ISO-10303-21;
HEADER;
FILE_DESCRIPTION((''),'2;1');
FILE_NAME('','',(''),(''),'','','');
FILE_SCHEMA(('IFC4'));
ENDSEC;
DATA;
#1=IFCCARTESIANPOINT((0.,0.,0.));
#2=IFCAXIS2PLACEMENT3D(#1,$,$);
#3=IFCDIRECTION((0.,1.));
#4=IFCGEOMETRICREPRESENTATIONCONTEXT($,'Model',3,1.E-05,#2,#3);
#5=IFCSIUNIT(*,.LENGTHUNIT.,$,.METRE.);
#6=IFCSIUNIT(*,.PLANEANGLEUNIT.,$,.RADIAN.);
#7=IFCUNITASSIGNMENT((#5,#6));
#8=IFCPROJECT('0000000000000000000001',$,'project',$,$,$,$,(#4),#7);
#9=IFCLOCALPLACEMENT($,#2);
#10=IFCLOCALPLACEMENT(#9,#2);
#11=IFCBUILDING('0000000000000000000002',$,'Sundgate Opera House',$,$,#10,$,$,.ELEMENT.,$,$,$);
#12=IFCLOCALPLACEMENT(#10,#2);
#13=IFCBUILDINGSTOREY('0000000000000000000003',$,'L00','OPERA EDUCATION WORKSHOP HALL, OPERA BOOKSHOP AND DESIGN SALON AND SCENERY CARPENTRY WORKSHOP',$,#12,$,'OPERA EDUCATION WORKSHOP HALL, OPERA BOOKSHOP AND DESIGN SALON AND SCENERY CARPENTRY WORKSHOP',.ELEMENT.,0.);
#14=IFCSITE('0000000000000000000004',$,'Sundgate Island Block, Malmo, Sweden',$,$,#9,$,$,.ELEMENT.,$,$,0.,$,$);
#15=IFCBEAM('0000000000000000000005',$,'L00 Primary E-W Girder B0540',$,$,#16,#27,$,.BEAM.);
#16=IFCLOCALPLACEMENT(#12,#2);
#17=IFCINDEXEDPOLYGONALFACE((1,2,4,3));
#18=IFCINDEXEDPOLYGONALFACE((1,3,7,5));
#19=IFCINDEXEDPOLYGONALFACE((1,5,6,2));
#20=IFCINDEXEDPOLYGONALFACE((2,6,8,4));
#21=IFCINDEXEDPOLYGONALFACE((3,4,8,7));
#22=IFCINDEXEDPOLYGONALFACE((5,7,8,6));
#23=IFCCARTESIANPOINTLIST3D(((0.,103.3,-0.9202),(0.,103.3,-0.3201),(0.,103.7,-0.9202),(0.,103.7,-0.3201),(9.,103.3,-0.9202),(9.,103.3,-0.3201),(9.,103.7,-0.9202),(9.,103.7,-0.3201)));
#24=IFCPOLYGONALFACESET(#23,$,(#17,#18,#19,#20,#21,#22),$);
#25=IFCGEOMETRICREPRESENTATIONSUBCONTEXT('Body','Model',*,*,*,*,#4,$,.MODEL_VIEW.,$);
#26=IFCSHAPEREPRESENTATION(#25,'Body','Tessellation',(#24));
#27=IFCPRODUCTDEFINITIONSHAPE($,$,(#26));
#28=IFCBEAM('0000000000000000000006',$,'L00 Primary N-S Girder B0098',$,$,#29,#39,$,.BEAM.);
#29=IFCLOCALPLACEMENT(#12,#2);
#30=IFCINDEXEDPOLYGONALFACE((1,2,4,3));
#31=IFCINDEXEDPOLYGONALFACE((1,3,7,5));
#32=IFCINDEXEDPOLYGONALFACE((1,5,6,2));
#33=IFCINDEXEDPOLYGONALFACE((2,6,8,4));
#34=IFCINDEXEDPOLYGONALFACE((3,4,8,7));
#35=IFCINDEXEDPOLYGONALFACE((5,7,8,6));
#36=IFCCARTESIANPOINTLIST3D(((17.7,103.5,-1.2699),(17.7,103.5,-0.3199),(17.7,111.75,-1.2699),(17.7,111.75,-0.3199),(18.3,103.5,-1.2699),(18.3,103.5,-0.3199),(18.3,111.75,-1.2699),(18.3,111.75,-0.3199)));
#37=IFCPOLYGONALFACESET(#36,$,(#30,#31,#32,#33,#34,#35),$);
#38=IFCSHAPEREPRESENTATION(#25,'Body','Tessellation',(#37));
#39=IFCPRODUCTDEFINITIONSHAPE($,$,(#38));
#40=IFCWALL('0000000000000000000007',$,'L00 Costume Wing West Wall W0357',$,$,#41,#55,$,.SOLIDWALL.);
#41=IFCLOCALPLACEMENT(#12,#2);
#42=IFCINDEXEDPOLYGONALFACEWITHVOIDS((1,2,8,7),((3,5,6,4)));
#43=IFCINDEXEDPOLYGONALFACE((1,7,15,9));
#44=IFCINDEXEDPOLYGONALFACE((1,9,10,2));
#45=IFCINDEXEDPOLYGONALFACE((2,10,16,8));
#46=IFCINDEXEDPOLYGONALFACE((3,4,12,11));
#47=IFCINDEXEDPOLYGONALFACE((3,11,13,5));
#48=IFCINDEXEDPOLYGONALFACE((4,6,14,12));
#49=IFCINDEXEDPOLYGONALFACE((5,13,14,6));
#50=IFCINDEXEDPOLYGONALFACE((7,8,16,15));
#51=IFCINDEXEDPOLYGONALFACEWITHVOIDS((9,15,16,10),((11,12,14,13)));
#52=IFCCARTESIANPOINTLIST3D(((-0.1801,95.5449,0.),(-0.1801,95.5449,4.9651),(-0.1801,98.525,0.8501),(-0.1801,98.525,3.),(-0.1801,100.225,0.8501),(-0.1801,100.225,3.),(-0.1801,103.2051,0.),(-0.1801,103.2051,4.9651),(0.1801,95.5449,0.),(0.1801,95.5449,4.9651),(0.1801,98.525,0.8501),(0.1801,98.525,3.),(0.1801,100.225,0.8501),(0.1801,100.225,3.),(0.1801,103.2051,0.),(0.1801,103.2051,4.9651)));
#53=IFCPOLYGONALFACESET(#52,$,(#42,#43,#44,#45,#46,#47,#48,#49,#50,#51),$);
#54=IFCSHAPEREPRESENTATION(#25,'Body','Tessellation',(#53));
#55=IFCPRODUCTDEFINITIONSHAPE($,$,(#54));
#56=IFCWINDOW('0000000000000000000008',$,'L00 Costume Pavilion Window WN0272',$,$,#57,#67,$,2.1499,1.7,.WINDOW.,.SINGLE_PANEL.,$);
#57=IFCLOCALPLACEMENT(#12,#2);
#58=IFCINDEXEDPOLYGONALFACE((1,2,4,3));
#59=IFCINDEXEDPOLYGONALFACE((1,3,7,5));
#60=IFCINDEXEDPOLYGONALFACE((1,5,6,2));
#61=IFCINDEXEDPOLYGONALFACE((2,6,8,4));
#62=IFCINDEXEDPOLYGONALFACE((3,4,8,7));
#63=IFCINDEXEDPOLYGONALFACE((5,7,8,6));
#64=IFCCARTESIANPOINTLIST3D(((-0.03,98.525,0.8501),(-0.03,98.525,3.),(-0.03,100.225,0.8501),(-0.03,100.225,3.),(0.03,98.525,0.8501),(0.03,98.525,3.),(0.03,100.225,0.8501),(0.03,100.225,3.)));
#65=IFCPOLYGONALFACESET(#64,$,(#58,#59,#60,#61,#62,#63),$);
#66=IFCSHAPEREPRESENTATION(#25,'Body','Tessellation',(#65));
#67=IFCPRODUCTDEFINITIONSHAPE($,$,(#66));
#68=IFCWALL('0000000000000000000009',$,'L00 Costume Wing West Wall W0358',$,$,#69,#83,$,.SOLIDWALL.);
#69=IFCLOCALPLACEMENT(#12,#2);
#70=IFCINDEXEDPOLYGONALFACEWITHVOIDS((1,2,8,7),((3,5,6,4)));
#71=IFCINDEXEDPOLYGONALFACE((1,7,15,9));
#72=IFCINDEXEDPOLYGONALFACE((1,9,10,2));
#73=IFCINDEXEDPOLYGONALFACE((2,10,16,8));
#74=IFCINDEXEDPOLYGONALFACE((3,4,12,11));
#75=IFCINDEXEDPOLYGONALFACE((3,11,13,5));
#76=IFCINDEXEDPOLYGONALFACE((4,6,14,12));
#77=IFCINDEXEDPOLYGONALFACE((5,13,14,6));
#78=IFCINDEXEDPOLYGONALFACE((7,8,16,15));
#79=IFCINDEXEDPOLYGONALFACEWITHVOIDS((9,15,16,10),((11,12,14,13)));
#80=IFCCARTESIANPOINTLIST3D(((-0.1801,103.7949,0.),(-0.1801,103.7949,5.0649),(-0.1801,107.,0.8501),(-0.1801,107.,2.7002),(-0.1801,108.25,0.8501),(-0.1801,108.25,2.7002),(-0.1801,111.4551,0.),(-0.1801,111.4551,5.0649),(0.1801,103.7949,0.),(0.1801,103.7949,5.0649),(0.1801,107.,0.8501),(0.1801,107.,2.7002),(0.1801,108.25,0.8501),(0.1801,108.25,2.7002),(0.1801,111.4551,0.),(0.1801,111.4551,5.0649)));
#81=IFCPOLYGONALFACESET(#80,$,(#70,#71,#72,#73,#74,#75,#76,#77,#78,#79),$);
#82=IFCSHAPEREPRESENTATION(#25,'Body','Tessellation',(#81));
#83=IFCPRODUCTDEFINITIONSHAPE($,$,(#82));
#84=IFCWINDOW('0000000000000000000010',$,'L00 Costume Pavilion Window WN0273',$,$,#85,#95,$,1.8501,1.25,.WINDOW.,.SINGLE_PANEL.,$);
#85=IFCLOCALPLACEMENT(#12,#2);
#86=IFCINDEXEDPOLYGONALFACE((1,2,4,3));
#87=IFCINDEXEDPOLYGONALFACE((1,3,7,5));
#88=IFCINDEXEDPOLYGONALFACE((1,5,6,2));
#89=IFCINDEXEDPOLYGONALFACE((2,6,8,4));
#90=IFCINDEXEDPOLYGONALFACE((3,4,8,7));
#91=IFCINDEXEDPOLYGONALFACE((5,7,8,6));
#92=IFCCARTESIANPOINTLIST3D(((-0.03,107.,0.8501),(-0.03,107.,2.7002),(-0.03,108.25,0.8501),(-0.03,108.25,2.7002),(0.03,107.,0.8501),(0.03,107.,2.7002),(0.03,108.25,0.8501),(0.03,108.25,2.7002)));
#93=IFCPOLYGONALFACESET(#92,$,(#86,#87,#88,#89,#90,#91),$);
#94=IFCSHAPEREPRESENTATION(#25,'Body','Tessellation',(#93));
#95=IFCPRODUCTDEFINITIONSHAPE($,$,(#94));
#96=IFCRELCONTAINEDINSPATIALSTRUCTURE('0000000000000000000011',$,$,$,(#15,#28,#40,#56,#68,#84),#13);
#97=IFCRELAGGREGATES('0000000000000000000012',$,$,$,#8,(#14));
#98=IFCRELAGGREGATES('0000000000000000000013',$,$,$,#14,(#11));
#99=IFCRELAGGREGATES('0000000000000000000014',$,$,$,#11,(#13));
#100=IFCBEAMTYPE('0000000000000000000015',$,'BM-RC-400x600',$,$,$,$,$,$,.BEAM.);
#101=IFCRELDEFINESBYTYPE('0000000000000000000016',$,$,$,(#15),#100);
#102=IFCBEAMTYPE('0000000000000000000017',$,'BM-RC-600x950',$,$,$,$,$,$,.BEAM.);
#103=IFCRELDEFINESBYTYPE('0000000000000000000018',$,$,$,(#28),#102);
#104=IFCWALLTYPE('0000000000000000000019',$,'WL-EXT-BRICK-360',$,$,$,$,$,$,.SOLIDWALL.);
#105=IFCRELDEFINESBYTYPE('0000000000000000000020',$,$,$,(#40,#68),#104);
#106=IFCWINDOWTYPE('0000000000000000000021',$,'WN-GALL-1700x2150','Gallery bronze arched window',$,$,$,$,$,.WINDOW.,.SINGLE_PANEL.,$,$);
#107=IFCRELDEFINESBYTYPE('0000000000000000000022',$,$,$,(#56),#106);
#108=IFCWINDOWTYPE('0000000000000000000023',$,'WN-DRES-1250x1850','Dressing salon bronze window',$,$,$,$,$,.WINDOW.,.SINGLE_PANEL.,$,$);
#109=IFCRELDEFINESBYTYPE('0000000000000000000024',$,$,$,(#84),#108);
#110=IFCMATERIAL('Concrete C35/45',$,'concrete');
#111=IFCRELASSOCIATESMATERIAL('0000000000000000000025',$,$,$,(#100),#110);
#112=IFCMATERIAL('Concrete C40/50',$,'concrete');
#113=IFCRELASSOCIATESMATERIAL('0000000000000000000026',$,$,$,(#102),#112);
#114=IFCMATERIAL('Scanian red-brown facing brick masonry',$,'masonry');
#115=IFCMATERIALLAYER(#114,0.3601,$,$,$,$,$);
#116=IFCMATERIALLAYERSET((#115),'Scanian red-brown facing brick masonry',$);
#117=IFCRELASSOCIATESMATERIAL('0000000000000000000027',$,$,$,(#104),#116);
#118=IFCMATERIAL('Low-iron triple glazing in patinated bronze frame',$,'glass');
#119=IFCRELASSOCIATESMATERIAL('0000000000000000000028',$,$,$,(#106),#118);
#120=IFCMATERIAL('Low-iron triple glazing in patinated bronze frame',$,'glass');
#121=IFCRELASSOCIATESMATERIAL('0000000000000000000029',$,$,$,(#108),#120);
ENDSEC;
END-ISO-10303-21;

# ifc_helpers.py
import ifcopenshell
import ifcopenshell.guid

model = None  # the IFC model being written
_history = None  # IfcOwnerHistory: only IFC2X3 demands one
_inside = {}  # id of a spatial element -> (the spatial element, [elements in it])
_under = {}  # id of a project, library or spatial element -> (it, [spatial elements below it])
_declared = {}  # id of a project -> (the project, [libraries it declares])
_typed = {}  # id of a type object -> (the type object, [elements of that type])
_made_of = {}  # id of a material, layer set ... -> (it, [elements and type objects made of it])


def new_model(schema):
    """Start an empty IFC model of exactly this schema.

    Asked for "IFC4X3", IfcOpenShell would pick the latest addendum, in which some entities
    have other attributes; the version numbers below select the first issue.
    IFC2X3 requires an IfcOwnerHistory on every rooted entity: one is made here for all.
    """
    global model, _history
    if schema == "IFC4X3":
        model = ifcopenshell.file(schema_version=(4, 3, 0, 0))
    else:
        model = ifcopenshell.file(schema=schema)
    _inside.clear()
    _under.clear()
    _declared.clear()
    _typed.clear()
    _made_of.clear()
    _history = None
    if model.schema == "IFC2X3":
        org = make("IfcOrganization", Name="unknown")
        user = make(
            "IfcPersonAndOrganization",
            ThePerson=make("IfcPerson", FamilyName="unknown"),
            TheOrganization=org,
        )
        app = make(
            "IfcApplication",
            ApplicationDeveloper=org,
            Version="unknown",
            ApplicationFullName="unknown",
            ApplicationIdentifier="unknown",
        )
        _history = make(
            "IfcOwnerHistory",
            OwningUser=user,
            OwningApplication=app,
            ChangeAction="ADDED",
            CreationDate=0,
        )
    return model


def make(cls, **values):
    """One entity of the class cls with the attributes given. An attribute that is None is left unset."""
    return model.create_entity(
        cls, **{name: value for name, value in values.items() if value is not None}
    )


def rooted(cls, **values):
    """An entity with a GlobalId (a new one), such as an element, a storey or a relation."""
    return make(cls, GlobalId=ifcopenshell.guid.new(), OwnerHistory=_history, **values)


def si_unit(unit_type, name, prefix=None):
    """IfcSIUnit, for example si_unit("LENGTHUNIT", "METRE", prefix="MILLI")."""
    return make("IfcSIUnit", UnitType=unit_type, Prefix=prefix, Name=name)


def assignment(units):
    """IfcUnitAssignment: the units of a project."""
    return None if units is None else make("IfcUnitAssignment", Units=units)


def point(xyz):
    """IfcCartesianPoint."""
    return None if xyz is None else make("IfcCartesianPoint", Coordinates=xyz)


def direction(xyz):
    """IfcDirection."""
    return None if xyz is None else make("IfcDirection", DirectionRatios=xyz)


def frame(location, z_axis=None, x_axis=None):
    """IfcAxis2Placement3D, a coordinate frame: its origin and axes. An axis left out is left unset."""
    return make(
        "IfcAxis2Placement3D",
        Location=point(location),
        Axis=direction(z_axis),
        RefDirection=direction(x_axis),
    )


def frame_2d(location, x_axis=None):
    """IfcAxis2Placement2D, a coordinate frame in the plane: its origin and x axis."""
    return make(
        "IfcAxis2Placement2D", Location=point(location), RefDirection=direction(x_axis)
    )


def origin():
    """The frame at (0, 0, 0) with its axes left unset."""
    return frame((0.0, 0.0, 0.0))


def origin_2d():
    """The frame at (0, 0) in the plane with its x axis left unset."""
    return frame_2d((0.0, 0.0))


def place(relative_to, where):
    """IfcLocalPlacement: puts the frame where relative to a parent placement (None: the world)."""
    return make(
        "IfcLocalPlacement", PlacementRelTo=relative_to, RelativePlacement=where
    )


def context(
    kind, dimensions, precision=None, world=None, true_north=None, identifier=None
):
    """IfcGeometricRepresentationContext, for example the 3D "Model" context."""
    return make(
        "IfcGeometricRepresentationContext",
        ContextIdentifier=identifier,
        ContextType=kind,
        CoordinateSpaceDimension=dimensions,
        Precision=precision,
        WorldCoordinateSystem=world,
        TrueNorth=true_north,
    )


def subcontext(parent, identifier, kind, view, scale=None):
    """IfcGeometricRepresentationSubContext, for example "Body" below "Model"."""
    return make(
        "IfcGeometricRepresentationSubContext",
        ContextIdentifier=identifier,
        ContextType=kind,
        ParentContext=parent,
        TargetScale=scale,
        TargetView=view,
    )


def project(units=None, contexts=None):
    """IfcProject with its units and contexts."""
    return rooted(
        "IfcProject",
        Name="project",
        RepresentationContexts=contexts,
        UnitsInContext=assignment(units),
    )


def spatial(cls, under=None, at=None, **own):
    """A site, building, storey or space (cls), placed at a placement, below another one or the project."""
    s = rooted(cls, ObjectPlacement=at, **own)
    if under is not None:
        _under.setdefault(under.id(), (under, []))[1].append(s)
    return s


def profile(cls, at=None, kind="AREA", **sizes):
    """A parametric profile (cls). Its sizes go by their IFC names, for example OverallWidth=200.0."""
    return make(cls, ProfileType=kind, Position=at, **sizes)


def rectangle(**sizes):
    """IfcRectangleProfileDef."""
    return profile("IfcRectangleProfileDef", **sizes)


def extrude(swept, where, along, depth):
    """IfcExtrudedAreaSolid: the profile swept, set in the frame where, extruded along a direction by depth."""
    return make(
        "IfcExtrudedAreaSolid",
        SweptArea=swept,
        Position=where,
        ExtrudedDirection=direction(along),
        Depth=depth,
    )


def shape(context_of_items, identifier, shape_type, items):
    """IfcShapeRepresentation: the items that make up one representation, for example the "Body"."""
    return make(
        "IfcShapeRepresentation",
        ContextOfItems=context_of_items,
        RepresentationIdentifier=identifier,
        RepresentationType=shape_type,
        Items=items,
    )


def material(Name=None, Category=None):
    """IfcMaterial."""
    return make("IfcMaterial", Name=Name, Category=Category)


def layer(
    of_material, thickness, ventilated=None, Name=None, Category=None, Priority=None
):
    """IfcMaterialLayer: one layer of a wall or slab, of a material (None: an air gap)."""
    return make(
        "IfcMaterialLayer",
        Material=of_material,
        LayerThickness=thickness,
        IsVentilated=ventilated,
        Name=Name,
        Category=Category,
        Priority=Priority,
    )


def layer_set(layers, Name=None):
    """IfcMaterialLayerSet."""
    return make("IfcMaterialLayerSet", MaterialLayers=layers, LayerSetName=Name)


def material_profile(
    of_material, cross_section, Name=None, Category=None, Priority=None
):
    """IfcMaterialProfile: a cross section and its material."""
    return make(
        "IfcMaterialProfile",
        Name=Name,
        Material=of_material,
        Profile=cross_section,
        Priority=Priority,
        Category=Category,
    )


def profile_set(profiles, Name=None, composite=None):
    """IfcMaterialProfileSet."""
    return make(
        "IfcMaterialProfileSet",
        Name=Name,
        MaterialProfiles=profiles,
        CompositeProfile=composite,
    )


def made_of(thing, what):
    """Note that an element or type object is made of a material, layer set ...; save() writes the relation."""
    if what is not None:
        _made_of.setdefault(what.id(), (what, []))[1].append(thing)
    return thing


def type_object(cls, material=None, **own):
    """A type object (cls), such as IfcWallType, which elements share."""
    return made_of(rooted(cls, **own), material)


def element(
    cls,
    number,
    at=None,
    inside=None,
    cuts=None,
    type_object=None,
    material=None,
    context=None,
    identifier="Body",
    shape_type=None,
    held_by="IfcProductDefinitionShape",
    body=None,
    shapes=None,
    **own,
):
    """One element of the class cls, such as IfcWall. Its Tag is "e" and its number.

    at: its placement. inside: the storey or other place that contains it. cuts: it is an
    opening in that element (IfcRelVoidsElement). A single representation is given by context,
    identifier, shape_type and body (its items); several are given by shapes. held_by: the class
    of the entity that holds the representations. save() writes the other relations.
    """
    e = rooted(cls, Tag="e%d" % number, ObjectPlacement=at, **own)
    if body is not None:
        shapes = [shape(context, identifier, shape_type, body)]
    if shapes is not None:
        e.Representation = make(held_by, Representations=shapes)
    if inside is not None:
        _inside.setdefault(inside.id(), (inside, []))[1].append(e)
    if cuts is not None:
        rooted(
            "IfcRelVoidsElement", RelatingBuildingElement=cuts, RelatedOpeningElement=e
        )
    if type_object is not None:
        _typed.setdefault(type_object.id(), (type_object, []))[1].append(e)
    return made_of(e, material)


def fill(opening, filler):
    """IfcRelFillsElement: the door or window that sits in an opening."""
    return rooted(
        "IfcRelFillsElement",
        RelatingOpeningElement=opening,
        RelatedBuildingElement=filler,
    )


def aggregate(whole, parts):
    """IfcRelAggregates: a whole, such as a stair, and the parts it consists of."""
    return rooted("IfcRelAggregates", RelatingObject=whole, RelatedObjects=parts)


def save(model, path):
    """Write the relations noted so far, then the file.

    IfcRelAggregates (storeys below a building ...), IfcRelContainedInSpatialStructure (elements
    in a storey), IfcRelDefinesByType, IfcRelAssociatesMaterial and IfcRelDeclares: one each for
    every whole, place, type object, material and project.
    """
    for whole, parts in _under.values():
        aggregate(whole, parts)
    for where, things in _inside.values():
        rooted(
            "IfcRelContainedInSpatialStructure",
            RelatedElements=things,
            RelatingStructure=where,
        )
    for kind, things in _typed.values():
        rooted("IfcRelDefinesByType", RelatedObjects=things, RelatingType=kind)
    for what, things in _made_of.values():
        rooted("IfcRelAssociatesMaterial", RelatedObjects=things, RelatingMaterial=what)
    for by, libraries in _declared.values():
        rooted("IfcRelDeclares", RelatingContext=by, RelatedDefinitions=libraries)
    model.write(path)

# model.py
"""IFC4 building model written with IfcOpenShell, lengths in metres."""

from ifc_helpers import new_model, si_unit, direction, frame, frame_2d, origin, origin_2d, place, context, subcontext, project, spatial, rectangle, extrude, material, layer, layer_set, material_profile, profile_set, type_object, element, fill, save


model = new_model("IFC4")

# Units and contexts
model_context = context("Model", 3, precision=1e-05, world=origin(), true_north=direction((0.0, 1.0)))
body_context = subcontext(model_context, "Body", "Model", "MODEL_VIEW")
ifc_project = project(units=[si_unit("LENGTHUNIT", "METRE"), si_unit("PLANEANGLEUNIT", "RADIAN")], contexts=[model_context])

# Site, building, storey
site_placement = place(None, origin())
site = spatial("IfcSite", under=ifc_project, at=site_placement, Name="Sundgate Island Block, Malmo, Sweden", CompositionType="ELEMENT", RefElevation=0.0)
building_placement = place(site_placement, origin())
building = spatial("IfcBuilding", under=site, at=building_placement, Name="Sundgate Opera House", CompositionType="ELEMENT")
storey_placement = place(building_placement, origin())
storey = spatial("IfcBuildingStorey", under=building, at=storey_placement, Name="L00", Description="OPERA EDUCATION WORKSHOP HALL, OPERA BOOKSHOP AND DESIGN SALON AND SCENERY CARPENTRY WORKSHOP", LongName="OPERA EDUCATION WORKSHOP HALL, OPERA BOOKSHOP AND DESIGN SALON AND SCENERY CARPENTRY WORKSHOP", CompositionType="ELEMENT", Elevation=0.0)

# Beams
ifc_material_1 = material(Name="Concrete C35/45", Category="concrete")
ifc_material_profile_1 = material_profile(ifc_material_1, rectangle(XDim=0.3999, YDim=0.6001, at=origin_2d()), Name="RC 400x600")
ifc_profile_set_1 = profile_set([ifc_material_profile_1], Name="Concrete C35/45")
beam_type_1 = type_object("IfcBeamType", Name="BM-RC-400x600", PredefinedType="BEAM", material=ifc_profile_set_1)
beam_1_placement = place(storey_placement, frame((0.0, 103.5, -0.6201), z_axis=(1.0, 0.0, 0.0), x_axis=(0.0, 1.0, 0.0)))
element("IfcBeam", 1, at=beam_1_placement, inside=storey, type_object=beam_type_1, Name="L00 Primary E-W Girder B0540", PredefinedType="BEAM", context=body_context, shape_type="SweptSolid", body=[
    extrude(rectangle(XDim=0.3999, YDim=0.6001, at=origin_2d()), origin(), (0.0, 0.0, 1.0), 9.0),
])
ifc_material_2 = material(Name="Concrete C40/50", Category="concrete")
ifc_material_profile_2 = material_profile(ifc_material_2, rectangle(XDim=0.6001, YDim=0.95, at=origin_2d()), Name="RC 600x950")
ifc_profile_set_2 = profile_set([ifc_material_profile_2], Name="Concrete C40/50")
beam_type_2 = type_object("IfcBeamType", Name="BM-RC-600x950", PredefinedType="BEAM", material=ifc_profile_set_2)
beam_2_placement = place(storey_placement, frame((18.0, 103.5, -0.7949), z_axis=(0.0, 1.0, 0.0), x_axis=(-1.0, 0.0, 0.0)))
element("IfcBeam", 2, at=beam_2_placement, inside=storey, type_object=beam_type_2, Name="L00 Primary N-S Girder B0098", PredefinedType="BEAM", context=body_context, shape_type="SweptSolid", body=[
    extrude(rectangle(XDim=0.6001, YDim=0.95, at=origin_2d()), origin(), (0.0, 0.0, 1.0), 8.25),
])

# Walls, openings, windows
ifc_material_3 = material(Name="Scanian red-brown facing brick masonry", Category="masonry")
ifc_layer = layer(ifc_material_3, 0.3601)
ifc_layer_set = layer_set([ifc_layer], Name="Scanian red-brown facing brick masonry")
wall_type = type_object("IfcWallType", Name="WL-EXT-BRICK-360", PredefinedType="SOLIDWALL", material=ifc_layer_set)
wall_1_placement = place(storey_placement, frame((0.0, 103.2051, 0.0), z_axis=(0.0, 0.0, 1.0), x_axis=(0.0, -1.0, 0.0)))
wall_1 = element("IfcWall", 3, at=wall_1_placement, inside=storey, type_object=wall_type, Name="L00 Costume Wing West Wall W0357", PredefinedType="SOLIDWALL", context=body_context, shape_type="SweptSolid", body=[
    extrude(rectangle(XDim=7.6602, YDim=0.3601, at=frame_2d((3.8301, 0.0))), origin(), (0.0, 0.0, 1.0), 4.9651),
])
opening_1_placement = place(wall_1_placement, frame((2.98, 0.0, 0.8501)))
opening_1 = element("IfcOpeningElement", 4, at=opening_1_placement, cuts=wall_1, PredefinedType="OPENING", context=body_context, shape_type="SweptSolid", body=[
    extrude(rectangle(XDim=1.7, YDim=2.1499, at=frame_2d((0.8501, 1.075))), frame((0.0, 0.1899, 0.0), z_axis=(0.0, -1.0, 0.0), x_axis=(1.0, 0.0, 0.0)), (0.0, 0.0, 1.0), 0.3801),
])
ifc_material_4 = material(Name="Low-iron triple glazing in patinated bronze frame", Category="glass")
window_type_1 = type_object("IfcWindowType", Name="WN-GALL-1700x2150", Description="Gallery bronze arched window", PartitioningType="SINGLE_PANEL", PredefinedType="WINDOW", material=ifc_material_4)
window_1_placement = place(opening_1_placement, origin())
window_1 = element("IfcWindow", 5, at=window_1_placement, inside=storey, type_object=window_type_1, Name="L00 Costume Pavilion Window WN0272", OverallHeight=2.1499, OverallWidth=1.7, PartitioningType="SINGLE_PANEL", PredefinedType="WINDOW", context=body_context, shape_type="SweptSolid", body=[
    extrude(rectangle(XDim=1.7, YDim=2.1499, at=frame_2d((0.8501, 1.075))), frame((0.0, 0.03, 0.0), z_axis=(0.0, -1.0, 0.0), x_axis=(1.0, 0.0, 0.0)), (0.0, 0.0, 1.0), 0.0601),
])
fill(opening_1, window_1)
wall_2_placement = place(storey_placement, frame((0.0, 111.4551, 0.0), z_axis=(0.0, 0.0, 1.0), x_axis=(0.0, -1.0, 0.0)))
wall_2 = element("IfcWall", 6, at=wall_2_placement, inside=storey, type_object=wall_type, Name="L00 Costume Wing West Wall W0358", PredefinedType="SOLIDWALL", context=body_context, shape_type="SweptSolid", body=[
    extrude(rectangle(XDim=7.6602, YDim=0.3601, at=frame_2d((3.8301, 0.0))), origin(), (0.0, 0.0, 1.0), 5.0649),
])
opening_2_placement = place(wall_2_placement, frame((3.2051, 0.0, 0.8501)))
opening_2 = element("IfcOpeningElement", 7, at=opening_2_placement, cuts=wall_2, PredefinedType="OPENING", context=body_context, shape_type="SweptSolid", body=[
    extrude(rectangle(XDim=1.25, YDim=1.8501, at=frame_2d((0.625, 0.925))), frame((0.0, 0.1899, 0.0), z_axis=(0.0, -1.0, 0.0), x_axis=(1.0, 0.0, 0.0)), (0.0, 0.0, 1.0), 0.3801),
])
ifc_material_5 = material(Name="Low-iron triple glazing in patinated bronze frame", Category="glass")
window_type_2 = type_object("IfcWindowType", Name="WN-DRES-1250x1850", Description="Dressing salon bronze window", PartitioningType="SINGLE_PANEL", PredefinedType="WINDOW", material=ifc_material_5)
window_2_placement = place(opening_2_placement, origin())
window_2 = element("IfcWindow", 8, at=window_2_placement, inside=storey, type_object=window_type_2, Name="L00 Costume Pavilion Window WN0273", OverallHeight=1.8501, OverallWidth=1.25, PartitioningType="SINGLE_PANEL", PredefinedType="WINDOW", context=body_context, shape_type="SweptSolid", body=[
    extrude(rectangle(XDim=1.25, YDim=1.8501, at=frame_2d((0.625, 0.925))), frame((0.0, 0.03, 0.0), z_axis=(0.0, -1.0, 0.0), x_axis=(1.0, 0.0, 0.0)), (0.0, 0.0, 1.0), 0.0601),
])
fill(opening_2, window_2)

save(model, "model.ifc")
